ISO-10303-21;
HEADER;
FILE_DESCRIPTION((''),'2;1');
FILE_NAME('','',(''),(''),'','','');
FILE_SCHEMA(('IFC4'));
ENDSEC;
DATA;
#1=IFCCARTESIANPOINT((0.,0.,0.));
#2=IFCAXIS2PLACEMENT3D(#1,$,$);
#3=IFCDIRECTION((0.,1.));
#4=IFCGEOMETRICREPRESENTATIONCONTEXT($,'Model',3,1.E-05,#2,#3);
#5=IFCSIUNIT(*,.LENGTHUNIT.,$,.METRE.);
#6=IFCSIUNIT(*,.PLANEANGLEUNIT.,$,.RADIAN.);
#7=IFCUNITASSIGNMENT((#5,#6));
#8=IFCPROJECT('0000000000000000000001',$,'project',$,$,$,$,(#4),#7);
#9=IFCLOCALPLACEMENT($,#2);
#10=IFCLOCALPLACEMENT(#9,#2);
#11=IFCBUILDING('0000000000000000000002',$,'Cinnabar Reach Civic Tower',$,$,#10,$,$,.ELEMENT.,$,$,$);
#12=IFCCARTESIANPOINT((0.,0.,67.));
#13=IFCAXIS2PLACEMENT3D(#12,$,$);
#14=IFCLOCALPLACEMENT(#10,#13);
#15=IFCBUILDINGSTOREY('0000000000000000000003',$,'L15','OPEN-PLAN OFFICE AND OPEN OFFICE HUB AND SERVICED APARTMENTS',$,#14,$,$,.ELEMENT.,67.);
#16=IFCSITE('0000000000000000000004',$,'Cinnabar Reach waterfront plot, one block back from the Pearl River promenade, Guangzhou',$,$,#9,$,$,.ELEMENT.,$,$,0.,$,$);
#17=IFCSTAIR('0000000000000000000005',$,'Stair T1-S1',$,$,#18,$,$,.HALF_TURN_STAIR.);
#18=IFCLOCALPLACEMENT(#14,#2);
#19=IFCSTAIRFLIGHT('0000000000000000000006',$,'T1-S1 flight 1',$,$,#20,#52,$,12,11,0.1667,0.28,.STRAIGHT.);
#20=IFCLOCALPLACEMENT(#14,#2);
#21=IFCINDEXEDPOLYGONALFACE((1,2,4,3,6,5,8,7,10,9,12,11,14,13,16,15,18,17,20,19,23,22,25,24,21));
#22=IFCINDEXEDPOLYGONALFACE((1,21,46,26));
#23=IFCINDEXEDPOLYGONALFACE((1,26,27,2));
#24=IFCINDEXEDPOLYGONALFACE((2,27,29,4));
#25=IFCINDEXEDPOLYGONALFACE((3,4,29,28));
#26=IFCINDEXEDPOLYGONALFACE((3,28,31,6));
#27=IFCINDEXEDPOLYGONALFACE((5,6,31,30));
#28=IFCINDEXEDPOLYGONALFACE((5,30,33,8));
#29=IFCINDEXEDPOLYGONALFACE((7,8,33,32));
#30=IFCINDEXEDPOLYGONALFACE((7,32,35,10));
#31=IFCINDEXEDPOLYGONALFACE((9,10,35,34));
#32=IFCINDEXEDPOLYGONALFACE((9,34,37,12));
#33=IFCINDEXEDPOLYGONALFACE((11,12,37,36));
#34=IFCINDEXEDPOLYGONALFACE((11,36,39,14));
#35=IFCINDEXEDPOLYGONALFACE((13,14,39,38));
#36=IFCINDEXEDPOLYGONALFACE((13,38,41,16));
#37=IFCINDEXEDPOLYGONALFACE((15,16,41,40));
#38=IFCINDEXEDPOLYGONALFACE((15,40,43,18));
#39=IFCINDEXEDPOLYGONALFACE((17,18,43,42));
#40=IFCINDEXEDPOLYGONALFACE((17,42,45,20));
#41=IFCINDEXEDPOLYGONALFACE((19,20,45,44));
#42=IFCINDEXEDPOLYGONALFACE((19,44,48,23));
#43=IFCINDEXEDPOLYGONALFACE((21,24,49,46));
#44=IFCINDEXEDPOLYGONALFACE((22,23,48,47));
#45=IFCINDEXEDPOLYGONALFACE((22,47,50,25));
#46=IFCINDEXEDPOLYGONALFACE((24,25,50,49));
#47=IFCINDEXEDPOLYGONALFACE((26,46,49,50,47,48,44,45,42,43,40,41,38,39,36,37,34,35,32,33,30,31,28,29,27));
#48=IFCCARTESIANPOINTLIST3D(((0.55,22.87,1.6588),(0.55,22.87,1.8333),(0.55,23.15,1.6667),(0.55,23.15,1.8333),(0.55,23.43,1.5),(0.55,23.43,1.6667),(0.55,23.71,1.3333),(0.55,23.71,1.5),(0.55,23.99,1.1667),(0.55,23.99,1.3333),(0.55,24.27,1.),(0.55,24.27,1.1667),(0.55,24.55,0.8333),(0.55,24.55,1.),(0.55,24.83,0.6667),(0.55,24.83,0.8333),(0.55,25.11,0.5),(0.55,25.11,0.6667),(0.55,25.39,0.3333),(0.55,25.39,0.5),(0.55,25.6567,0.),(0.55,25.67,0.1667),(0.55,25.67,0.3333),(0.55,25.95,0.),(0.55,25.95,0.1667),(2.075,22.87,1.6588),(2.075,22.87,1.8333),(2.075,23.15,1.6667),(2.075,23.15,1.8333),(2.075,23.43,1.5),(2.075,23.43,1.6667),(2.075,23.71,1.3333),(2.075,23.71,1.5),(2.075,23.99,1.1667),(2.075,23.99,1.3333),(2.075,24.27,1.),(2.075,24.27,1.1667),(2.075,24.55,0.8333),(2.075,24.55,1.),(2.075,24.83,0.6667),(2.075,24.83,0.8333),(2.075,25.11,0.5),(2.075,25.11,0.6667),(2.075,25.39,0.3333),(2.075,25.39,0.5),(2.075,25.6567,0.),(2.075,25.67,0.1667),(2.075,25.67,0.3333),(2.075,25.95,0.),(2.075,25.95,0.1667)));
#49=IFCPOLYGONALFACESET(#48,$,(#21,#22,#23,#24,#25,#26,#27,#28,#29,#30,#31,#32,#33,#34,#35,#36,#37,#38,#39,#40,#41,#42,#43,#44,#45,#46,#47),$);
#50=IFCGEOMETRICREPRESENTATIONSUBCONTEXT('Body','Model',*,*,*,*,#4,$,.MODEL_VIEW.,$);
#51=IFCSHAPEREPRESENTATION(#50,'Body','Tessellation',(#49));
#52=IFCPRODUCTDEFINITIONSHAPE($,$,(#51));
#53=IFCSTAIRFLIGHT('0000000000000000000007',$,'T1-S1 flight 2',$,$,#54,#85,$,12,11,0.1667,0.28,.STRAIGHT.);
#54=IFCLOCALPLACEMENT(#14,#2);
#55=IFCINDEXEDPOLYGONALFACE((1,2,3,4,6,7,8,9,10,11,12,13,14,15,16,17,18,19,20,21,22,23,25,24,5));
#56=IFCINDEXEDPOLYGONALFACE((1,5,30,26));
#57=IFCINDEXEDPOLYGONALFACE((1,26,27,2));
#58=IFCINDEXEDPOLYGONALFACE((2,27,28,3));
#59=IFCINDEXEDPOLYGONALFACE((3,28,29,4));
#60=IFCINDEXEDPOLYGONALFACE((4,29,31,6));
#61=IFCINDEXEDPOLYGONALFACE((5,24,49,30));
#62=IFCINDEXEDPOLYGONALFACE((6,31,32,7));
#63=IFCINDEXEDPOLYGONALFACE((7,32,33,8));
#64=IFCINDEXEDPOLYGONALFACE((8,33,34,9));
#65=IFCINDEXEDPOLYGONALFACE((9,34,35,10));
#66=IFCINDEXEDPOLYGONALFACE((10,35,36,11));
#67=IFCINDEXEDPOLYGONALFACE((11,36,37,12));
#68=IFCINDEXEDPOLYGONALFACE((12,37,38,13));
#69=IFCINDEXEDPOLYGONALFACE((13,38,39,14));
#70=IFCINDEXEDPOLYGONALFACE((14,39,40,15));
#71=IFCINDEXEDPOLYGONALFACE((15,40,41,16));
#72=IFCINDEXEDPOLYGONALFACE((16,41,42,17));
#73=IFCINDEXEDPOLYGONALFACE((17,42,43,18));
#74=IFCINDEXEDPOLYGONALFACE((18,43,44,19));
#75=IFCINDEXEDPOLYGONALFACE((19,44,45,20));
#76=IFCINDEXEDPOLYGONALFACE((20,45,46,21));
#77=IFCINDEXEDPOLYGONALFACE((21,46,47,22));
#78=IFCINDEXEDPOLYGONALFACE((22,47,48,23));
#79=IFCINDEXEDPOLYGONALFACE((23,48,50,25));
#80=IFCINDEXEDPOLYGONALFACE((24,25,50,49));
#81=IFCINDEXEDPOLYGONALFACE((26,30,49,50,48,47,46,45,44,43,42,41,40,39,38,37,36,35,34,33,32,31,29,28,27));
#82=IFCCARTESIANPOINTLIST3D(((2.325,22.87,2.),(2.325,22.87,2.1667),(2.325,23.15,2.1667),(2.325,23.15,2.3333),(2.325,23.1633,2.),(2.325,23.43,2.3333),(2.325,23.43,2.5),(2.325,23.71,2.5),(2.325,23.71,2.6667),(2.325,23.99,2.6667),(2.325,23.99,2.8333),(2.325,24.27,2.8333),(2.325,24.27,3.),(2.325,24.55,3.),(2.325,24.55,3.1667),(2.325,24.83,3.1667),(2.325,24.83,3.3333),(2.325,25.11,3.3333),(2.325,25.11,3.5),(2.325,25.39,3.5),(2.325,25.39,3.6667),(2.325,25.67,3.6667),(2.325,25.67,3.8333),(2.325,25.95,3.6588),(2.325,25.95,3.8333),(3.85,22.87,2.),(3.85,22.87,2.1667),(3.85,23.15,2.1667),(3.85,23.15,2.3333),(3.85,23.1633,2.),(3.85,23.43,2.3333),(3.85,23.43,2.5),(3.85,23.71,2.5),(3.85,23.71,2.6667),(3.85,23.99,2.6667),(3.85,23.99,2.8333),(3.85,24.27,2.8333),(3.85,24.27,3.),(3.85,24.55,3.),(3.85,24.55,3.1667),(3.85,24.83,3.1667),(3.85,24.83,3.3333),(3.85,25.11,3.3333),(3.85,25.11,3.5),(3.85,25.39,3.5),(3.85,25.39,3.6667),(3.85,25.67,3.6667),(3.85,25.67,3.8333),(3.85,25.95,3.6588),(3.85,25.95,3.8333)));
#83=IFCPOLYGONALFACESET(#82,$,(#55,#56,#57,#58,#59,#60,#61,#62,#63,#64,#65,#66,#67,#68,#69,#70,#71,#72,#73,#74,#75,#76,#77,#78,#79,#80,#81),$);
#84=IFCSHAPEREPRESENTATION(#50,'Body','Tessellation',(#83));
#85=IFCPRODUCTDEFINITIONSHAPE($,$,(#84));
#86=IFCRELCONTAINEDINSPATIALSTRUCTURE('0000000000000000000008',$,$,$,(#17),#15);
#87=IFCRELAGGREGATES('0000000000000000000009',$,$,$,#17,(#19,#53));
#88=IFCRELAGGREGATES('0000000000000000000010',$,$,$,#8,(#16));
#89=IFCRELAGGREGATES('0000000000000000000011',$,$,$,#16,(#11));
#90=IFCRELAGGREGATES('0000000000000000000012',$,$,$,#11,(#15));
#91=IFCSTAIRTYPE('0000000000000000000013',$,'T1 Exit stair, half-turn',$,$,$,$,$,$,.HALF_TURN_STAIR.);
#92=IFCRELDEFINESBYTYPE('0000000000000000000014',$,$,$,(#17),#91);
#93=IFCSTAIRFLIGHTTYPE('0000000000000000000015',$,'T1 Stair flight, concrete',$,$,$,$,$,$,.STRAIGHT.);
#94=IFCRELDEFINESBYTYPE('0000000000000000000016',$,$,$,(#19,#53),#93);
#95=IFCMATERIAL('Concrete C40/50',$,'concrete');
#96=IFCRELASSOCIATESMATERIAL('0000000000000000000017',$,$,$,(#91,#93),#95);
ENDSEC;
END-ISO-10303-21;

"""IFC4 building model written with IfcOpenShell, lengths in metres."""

from ifc_helpers import new_model, si_unit, direction, frame, origin, place, context, subcontext, project, spatial, polyline, outline, extrude, material, type_object, element, aggregate, save


model = new_model("IFC4")

# Units and contexts
model_context = context("Model", 3, precision=1e-05, world=origin(), true_north=direction((0.0, 1.0)))
body_context = subcontext(model_context, "Body", "Model", "MODEL_VIEW")
ifc_project = project(units=[si_unit("LENGTHUNIT", "METRE"), si_unit("PLANEANGLEUNIT", "RADIAN")], contexts=[model_context])

# Site, building, storey
site_placement = place(None, origin())
site = spatial("IfcSite", under=ifc_project, at=site_placement, Name="Cinnabar Reach waterfront plot, one block back from the Pearl River promenade, Guangzhou", CompositionType="ELEMENT", RefElevation=0.0)
building_placement = place(site_placement, origin())
building = spatial("IfcBuilding", under=site, at=building_placement, Name="Cinnabar Reach Civic Tower", CompositionType="ELEMENT")
storey_placement = place(building_placement, frame((0.0, 0.0, 67.0)))
storey = spatial("IfcBuildingStorey", under=building, at=storey_placement, Name="L15", Description="OPEN-PLAN OFFICE AND OPEN OFFICE HUB AND SERVICED APARTMENTS", CompositionType="ELEMENT", Elevation=67.0)

# Stair, stair flights
ifc_material_1 = material(Name="Concrete C40/50", Category="concrete")
stair_type = type_object("IfcStairType", Name="T1 Exit stair, half-turn", PredefinedType="HALF_TURN_STAIR", material=ifc_material_1)
stair_placement = place(storey_placement, origin())
stair = element("IfcStair", 1, at=stair_placement, inside=storey, type_object=stair_type, Name="Stair T1-S1", PredefinedType="HALF_TURN_STAIR")
stair_flight_type = type_object("IfcStairFlightType", Name="T1 Stair flight, concrete", PredefinedType="STRAIGHT", material=ifc_material_1)
stair_flight_1_placement = place(storey_placement, frame((1.3125, 25.95, 0.0), z_axis=(0.0, 0.0, 1.0), x_axis=(0.0, -1.0, 0.0)))
stair_flight_1 = element("IfcStairFlight", 2, at=stair_flight_1_placement, type_object=stair_flight_type, Name="T1-S1 flight 1", NumberOfRisers=12, NumberOfTreads=11, PredefinedType="STRAIGHT", RiserHeight=0.1667, TreadLength=0.28, context=body_context, shape_type="SweptSolid", body=[
    extrude(outline(polyline([(0.0, 0.0), (0.0, 0.1667), (0.28, 0.1667), (0.28, 0.3333), (0.56, 0.3333), (0.56, 0.5), (0.84, 0.5), (0.84, 0.6667), (1.12, 0.6667), (1.12, 0.8333), (1.4, 0.8333), (1.4, 1.0), (1.68, 1.0), (1.68, 1.1667), (1.96, 1.1667), (1.96, 1.3333), (2.24, 1.3333), (2.24, 1.5), (2.52, 1.5), (2.52, 1.6667), (2.8, 1.6667), (2.8, 1.8333), (3.08, 1.8333), (3.08, 2.0), (3.08, 1.6588), (0.2933, 0.0), (0.0, 0.0)])), frame((0.0, 0.7625, 0.0), z_axis=(0.0, -1.0, 0.0), x_axis=(1.0, 0.0, 0.0)), (0.0, 0.0, 1.0), 1.525),
])
stair_flight_2_placement = place(storey_placement, frame((3.0875, 22.87, 2.0), z_axis=(0.0, 0.0, 1.0), x_axis=(0.0, 1.0, 0.0)))
stair_flight_2 = element("IfcStairFlight", 3, at=stair_flight_2_placement, type_object=stair_flight_type, Name="T1-S1 flight 2", NumberOfRisers=12, NumberOfTreads=11, PredefinedType="STRAIGHT", RiserHeight=0.1667, TreadLength=0.28, context=body_context, shape_type="SweptSolid", body=[
    extrude(outline(polyline([(0.0, 0.0), (0.0, 0.1667), (0.28, 0.1667), (0.28, 0.3333), (0.56, 0.3333), (0.56, 0.5), (0.84, 0.5), (0.84, 0.6667), (1.12, 0.6667), (1.12, 0.8333), (1.4, 0.8333), (1.4, 1.0), (1.68, 1.0), (1.68, 1.1667), (1.96, 1.1667), (1.96, 1.3333), (2.24, 1.3333), (2.24, 1.5), (2.52, 1.5), (2.52, 1.6667), (2.8, 1.6667), (2.8, 1.8333), (3.08, 1.8333), (3.08, 2.0), (3.08, 1.6588), (0.2933, 0.0), (0.0, 0.0)])), frame((0.0, 0.7625, 0.0), z_axis=(0.0, -1.0, 0.0), x_axis=(1.0, 0.0, 0.0)), (0.0, 0.0, 1.0), 1.525),
])
aggregate(stair, [stair_flight_1, stair_flight_2])

save(model, "model.ifc")
